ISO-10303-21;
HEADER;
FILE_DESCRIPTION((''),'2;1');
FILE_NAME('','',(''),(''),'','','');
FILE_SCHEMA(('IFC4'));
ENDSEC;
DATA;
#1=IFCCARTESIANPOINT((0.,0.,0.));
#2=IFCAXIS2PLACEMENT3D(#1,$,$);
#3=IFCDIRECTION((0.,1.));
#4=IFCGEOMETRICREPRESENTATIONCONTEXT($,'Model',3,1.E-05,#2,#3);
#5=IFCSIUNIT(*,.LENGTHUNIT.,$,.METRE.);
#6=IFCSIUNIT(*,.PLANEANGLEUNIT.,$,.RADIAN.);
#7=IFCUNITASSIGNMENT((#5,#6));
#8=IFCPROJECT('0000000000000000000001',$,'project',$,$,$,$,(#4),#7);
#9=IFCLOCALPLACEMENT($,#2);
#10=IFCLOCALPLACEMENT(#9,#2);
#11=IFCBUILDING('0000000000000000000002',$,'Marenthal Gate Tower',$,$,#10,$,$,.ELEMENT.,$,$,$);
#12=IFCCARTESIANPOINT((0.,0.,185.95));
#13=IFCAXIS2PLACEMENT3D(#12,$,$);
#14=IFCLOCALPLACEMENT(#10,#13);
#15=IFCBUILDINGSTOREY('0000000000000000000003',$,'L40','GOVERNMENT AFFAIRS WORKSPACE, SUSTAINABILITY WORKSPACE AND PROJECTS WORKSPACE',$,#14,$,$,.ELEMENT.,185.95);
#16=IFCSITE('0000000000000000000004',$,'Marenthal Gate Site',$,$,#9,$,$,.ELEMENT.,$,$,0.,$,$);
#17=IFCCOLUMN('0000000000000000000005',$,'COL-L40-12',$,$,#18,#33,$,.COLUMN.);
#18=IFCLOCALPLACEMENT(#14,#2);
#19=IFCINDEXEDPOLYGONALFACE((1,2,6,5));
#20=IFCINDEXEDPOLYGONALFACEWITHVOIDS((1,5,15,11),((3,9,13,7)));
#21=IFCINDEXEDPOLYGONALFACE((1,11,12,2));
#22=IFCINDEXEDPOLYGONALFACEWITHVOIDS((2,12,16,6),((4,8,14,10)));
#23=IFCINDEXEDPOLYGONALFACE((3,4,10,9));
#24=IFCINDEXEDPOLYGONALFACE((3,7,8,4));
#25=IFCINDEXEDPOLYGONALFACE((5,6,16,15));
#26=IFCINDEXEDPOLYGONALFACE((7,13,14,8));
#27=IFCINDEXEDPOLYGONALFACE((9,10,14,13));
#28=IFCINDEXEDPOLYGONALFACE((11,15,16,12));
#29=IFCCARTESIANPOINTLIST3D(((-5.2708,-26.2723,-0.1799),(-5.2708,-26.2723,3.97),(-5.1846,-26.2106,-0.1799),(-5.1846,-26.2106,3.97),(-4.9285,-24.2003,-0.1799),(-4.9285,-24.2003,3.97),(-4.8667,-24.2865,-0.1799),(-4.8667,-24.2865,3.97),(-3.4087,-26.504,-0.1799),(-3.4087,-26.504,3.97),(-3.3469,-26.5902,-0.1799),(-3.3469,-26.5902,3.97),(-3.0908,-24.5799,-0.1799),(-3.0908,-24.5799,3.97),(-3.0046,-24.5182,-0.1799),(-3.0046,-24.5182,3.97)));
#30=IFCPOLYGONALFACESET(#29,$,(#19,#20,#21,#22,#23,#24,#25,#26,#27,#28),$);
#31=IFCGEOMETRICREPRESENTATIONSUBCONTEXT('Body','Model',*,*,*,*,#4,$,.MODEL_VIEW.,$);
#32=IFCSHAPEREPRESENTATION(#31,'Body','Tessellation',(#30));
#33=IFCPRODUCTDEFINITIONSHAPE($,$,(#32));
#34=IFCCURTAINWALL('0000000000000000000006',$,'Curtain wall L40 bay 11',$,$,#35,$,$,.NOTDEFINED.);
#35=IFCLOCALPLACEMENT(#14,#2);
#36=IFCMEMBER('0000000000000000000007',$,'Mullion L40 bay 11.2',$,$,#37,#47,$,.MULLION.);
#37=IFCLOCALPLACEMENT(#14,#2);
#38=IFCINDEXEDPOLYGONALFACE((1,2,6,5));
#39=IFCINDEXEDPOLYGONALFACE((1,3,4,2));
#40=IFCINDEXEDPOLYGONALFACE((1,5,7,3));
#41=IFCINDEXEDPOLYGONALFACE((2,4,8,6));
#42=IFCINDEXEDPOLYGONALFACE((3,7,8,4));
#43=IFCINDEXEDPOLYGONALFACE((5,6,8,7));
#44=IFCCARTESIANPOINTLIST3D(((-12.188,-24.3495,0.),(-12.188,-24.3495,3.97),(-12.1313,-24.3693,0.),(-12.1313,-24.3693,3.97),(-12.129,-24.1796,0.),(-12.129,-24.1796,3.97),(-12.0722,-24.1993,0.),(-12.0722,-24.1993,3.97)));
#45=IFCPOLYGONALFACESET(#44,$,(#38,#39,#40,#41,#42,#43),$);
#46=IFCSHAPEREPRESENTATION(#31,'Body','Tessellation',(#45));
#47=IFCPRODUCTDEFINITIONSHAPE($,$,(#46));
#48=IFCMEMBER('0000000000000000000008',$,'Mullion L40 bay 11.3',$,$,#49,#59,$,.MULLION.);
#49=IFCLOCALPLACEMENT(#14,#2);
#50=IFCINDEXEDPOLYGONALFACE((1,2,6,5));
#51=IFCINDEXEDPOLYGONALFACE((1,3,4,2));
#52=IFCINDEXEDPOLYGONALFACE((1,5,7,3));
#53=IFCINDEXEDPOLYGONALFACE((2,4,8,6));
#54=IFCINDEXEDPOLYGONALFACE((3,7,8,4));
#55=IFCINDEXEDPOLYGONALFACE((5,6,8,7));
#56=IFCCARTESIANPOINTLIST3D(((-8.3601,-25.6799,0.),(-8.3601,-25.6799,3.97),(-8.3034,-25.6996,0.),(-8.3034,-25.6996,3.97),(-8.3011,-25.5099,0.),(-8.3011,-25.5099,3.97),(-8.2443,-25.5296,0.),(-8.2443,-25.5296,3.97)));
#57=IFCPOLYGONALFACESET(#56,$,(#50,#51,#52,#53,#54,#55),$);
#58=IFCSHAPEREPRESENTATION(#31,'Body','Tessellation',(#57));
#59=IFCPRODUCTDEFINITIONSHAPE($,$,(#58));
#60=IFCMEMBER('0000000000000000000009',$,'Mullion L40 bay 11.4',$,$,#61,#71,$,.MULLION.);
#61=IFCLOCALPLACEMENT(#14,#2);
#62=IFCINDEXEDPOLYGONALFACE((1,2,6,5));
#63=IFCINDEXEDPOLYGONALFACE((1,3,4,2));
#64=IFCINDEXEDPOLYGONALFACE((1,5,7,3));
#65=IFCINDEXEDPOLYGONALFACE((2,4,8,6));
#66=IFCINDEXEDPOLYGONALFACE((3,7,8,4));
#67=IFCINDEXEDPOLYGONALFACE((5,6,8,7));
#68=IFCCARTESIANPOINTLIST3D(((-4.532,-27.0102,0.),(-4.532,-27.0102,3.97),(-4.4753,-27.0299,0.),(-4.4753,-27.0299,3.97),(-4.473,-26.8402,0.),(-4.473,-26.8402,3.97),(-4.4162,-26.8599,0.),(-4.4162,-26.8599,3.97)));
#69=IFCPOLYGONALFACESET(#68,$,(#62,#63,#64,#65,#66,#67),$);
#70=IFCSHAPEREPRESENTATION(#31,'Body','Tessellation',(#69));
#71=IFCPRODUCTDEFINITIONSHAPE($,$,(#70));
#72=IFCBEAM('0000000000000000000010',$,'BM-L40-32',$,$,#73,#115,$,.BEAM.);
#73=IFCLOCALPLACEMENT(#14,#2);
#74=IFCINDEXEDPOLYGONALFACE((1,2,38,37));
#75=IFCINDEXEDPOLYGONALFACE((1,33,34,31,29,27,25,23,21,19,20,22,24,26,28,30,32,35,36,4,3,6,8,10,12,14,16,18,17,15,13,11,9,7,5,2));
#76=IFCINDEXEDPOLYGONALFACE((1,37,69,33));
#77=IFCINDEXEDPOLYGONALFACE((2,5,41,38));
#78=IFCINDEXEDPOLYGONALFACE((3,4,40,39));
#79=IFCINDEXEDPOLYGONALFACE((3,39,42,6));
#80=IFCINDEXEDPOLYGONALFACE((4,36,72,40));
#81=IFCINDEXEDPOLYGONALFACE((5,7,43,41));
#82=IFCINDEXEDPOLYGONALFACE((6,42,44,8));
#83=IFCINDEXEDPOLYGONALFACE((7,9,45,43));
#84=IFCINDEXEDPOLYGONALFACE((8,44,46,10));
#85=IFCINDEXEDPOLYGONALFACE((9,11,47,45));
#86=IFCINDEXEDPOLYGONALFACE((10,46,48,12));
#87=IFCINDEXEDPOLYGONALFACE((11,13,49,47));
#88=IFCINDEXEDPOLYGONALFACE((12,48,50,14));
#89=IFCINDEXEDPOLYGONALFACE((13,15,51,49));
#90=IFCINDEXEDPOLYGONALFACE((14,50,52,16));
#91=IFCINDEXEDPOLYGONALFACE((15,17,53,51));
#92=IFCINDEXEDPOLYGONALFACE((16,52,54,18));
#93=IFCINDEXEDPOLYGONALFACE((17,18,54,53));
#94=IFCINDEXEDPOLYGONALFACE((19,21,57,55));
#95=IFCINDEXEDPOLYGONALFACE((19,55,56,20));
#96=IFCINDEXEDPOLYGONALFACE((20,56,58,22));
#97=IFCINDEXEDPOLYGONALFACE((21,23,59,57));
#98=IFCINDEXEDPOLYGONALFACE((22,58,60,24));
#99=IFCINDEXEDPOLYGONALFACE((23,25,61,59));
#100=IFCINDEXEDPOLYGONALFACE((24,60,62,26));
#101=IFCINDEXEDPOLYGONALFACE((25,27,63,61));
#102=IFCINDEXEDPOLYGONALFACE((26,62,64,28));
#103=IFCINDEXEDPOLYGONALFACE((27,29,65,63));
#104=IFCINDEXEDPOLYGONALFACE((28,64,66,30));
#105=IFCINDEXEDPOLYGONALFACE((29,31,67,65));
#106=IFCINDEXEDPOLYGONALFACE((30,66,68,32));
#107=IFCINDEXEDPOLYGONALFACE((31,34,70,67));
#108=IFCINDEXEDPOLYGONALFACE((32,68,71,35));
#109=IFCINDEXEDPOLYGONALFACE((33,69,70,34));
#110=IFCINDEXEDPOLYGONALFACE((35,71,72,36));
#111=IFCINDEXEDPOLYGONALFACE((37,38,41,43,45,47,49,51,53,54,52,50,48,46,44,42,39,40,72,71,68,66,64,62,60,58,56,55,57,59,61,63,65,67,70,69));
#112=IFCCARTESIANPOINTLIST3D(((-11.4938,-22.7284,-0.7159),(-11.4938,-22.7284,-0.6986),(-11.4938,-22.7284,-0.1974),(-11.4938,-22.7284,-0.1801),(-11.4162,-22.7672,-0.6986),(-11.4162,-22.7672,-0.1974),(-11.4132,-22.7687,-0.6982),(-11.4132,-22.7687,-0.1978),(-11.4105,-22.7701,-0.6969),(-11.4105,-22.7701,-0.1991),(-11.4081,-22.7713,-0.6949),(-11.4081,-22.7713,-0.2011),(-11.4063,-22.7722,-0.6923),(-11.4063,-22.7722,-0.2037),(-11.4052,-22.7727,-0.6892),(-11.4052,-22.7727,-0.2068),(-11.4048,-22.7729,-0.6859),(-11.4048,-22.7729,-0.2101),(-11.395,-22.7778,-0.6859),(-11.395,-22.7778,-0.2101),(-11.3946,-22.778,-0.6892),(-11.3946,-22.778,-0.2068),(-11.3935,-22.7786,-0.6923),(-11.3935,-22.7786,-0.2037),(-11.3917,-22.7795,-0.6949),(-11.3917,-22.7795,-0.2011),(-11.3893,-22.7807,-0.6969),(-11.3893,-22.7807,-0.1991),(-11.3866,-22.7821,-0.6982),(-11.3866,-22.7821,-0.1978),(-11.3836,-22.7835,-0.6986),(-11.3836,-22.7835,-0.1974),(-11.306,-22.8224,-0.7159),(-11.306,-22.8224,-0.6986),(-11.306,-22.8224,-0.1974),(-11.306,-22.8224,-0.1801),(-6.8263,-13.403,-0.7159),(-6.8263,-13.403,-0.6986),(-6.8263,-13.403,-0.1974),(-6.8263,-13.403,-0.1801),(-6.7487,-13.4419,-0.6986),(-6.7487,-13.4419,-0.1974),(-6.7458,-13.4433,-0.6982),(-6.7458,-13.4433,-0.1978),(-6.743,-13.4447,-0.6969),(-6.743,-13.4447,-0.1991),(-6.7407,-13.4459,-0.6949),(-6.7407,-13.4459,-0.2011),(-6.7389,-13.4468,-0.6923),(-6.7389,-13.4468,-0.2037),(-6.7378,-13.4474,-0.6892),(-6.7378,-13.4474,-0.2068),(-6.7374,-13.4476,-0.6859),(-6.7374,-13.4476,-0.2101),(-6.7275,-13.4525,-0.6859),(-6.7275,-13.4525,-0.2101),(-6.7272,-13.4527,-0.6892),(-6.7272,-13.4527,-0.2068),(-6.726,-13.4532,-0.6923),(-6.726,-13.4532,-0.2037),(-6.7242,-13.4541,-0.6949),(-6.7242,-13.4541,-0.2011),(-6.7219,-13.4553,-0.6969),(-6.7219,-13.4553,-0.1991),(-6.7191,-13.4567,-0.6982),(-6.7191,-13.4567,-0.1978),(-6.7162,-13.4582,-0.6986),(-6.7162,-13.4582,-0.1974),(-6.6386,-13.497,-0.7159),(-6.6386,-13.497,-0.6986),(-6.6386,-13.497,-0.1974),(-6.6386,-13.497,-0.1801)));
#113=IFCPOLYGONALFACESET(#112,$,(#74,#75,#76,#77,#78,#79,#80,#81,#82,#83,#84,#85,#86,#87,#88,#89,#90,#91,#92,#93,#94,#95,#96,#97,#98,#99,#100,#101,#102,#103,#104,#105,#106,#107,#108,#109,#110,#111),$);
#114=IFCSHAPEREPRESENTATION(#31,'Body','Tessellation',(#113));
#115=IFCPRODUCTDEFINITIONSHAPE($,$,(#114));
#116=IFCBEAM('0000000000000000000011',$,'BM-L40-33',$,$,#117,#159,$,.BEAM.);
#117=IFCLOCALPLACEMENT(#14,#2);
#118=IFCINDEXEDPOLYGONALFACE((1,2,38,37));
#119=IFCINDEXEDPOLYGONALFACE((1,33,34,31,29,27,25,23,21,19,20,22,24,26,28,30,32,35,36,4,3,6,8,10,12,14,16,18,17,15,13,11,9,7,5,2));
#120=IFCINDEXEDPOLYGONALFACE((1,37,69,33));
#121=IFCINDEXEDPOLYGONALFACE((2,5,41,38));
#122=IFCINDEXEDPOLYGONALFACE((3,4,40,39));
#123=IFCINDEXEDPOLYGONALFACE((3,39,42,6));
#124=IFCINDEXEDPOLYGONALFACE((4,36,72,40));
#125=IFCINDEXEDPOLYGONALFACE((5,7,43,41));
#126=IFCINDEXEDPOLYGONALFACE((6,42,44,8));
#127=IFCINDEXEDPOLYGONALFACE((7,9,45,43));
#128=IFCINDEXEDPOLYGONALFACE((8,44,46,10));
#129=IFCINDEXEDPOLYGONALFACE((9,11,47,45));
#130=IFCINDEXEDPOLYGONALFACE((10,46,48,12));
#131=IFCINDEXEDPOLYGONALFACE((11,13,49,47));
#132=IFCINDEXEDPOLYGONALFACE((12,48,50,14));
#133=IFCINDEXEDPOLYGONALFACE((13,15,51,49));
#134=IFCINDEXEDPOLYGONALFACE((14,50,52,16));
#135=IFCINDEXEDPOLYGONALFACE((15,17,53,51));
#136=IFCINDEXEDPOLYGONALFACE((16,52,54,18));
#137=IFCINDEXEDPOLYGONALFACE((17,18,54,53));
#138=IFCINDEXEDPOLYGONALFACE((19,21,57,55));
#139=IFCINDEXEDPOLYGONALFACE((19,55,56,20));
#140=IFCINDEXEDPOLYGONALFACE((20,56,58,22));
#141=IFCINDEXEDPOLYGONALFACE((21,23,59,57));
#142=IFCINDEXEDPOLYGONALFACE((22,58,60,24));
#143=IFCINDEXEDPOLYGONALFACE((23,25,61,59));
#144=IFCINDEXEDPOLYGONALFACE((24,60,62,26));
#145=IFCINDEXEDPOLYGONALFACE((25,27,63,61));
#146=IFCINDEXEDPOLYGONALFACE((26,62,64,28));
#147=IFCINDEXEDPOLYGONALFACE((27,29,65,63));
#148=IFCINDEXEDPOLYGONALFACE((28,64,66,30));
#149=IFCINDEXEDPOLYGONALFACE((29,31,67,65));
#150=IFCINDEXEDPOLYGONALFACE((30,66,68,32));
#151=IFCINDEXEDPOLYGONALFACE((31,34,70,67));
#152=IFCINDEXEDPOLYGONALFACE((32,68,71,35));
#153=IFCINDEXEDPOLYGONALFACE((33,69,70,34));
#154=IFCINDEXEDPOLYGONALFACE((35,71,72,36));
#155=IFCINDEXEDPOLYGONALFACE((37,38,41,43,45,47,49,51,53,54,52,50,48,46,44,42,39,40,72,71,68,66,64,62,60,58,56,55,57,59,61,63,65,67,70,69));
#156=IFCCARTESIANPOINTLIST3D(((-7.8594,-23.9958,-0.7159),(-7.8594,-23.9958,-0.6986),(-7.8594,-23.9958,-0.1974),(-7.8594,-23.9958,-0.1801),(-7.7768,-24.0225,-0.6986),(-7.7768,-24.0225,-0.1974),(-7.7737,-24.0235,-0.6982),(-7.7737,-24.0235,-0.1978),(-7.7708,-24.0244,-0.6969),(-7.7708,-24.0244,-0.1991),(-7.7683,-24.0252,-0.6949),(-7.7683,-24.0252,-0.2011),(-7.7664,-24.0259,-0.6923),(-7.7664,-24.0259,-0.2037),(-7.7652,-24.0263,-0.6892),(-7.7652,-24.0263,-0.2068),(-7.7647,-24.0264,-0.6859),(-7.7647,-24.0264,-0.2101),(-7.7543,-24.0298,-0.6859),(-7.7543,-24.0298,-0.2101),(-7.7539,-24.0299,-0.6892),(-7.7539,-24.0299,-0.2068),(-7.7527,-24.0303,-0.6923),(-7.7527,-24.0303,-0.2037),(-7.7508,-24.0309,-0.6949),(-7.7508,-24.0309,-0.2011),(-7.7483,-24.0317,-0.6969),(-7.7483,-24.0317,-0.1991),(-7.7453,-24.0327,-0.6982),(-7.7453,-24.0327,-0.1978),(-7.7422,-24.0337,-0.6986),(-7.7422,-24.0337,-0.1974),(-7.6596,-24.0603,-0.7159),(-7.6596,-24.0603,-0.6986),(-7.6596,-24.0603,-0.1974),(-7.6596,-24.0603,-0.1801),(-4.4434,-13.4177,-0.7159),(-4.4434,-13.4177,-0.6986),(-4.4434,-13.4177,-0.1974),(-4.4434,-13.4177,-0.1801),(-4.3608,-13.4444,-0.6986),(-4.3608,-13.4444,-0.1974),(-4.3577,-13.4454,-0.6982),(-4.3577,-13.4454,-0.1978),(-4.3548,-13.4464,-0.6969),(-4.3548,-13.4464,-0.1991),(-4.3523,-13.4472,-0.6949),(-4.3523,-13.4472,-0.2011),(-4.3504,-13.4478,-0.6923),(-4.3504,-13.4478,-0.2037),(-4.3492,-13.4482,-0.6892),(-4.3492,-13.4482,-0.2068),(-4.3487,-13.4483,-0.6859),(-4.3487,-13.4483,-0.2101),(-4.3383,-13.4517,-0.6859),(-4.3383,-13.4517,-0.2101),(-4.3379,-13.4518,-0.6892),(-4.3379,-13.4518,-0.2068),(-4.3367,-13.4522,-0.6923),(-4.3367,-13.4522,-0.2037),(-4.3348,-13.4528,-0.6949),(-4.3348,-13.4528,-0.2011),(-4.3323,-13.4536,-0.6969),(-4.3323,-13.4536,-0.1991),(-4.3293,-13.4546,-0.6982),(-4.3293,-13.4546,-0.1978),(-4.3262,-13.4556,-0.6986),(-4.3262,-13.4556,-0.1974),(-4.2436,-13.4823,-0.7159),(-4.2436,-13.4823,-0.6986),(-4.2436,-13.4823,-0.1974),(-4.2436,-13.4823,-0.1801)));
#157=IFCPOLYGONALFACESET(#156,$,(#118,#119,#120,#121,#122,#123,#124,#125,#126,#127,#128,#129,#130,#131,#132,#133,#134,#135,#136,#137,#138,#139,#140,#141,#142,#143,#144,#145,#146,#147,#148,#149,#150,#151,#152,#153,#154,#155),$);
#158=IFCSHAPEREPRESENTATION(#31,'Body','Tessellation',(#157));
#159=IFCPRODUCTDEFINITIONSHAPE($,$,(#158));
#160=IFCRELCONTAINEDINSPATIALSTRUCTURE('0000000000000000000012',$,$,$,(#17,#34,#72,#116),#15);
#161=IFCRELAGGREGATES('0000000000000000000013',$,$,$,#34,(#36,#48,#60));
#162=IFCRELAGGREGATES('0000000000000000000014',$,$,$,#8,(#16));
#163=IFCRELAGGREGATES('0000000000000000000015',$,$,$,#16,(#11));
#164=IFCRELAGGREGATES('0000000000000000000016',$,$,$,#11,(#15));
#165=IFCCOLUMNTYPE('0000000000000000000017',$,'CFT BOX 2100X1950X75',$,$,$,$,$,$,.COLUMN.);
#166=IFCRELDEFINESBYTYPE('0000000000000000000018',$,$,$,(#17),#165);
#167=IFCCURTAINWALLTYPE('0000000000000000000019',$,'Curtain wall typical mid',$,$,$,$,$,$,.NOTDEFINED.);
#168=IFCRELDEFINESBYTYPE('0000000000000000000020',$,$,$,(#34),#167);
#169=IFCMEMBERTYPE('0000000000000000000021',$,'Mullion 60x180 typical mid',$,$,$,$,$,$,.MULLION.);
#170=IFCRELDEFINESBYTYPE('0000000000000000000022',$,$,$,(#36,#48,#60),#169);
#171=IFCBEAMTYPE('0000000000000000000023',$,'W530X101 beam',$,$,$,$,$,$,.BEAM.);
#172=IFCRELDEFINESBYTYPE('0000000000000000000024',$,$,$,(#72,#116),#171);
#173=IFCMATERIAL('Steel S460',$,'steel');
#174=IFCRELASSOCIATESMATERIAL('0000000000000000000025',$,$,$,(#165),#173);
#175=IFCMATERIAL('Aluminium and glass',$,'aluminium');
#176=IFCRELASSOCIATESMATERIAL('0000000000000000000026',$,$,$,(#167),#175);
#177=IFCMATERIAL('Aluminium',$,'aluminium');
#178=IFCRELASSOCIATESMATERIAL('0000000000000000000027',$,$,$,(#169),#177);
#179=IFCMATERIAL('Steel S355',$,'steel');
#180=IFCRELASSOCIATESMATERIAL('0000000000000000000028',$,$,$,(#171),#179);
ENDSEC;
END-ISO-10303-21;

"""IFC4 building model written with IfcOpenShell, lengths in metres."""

from ifc_helpers import new_model, si_unit, direction, frame, origin, origin_2d, place, context, subcontext, project, spatial, rectangle, hollow_rectangle, i_section, extrude, material, material_profile, profile_set, type_object, element, aggregate, save


model = new_model("IFC4")

# Units and contexts
model_context = context("Model", 3, precision=1e-05, world=origin(), true_north=direction((0.0, 1.0)))
body_context = subcontext(model_context, "Body", "Model", "MODEL_VIEW")
ifc_project = project(units=[si_unit("LENGTHUNIT", "METRE"), si_unit("PLANEANGLEUNIT", "RADIAN")], contexts=[model_context])

# Site, building, storey
site_placement = place(None, origin())
site = spatial("IfcSite", under=ifc_project, at=site_placement, Name="Marenthal Gate Site", CompositionType="ELEMENT", RefElevation=0.0)
building_placement = place(site_placement, origin())
building = spatial("IfcBuilding", under=site, at=building_placement, Name="Marenthal Gate Tower", CompositionType="ELEMENT")
storey_placement = place(building_placement, frame((0.0, 0.0, 185.95)))
storey = spatial("IfcBuildingStorey", under=building, at=storey_placement, Name="L40", Description="GOVERNMENT AFFAIRS WORKSPACE, SUSTAINABILITY WORKSPACE AND PROJECTS WORKSPACE", CompositionType="ELEMENT", Elevation=185.95)

# Column
ifc_material_1 = material(Name="Steel S460", Category="steel")
ifc_material_profile_1 = material_profile(ifc_material_1, hollow_rectangle(XDim=1.95, YDim=2.1001, WallThickness=0.075, at=origin_2d()), Name="CFT BOX 2100X1950X75")
ifc_material_2 = material(Name="Concrete 70 MPa", Category="concrete")
ifc_material_profile_2 = material_profile(ifc_material_2, rectangle(XDim=1.8, YDim=1.95, at=origin_2d()), Name="CFT BOX 2100X1950X75 INFILL")
ifc_profile_set_1 = profile_set([ifc_material_profile_1, ifc_material_profile_2], Name="Steel S460 shell, Concrete 70 MPa infill")
column_type = type_object("IfcColumnType", Name="CFT BOX 2100X1950X75", PredefinedType="COLUMN", material=ifc_profile_set_1)
column_placement = place(storey_placement, frame((-4.1377, -25.3953, -0.1799), z_axis=(0.0, 0.0, 1.0), x_axis=(-0.986623, 0.163018, 0.0)))
element("IfcColumn", 1, at=column_placement, inside=storey, type_object=column_type, Name="COL-L40-12", PredefinedType="COLUMN", context=body_context, shape_type="SweptSolid", body=[
    extrude(hollow_rectangle(XDim=1.95, YDim=2.1001, WallThickness=0.075, at=origin_2d()), origin(), (0.0, 0.0, 1.0), 4.1499),
])

# Curtain wall, members
ifc_material_3 = material(Name="Aluminium and glass", Category="aluminium")
curtain_wall_type = type_object("IfcCurtainWallType", Name="Curtain wall typical mid", PredefinedType="NOTDEFINED", material=ifc_material_3)
curtain_wall_placement = place(storey_placement, origin())
curtain_wall = element("IfcCurtainWall", 2, at=curtain_wall_placement, inside=storey, type_object=curtain_wall_type, Name="Curtain wall L40 bay 11", PredefinedType="NOTDEFINED")
ifc_material_4 = material(Name="Aluminium", Category="aluminium")
ifc_material_profile_3 = material_profile(ifc_material_4, rectangle(XDim=0.1799, YDim=0.0601, at=origin_2d()), Name="60x180 aluminium mullion")
ifc_profile_set_2 = profile_set([ifc_material_profile_3], Name="Aluminium")
member_type = type_object("IfcMemberType", Name="Mullion 60x180 typical mid", PredefinedType="MULLION", material=ifc_profile_set_2)
member_1_placement = place(storey_placement, frame((-12.1301, -24.2744, 0.0), z_axis=(0.0, 0.0, 1.0), x_axis=(0.328273, 0.944583, 0.0)))
member_1 = element("IfcMember", 3, at=member_1_placement, type_object=member_type, Name="Mullion L40 bay 11.2", PredefinedType="MULLION", context=body_context, shape_type="SweptSolid", body=[
    extrude(rectangle(XDim=0.1799, YDim=0.0601, at=origin_2d()), origin(), (0.0, 0.0, 1.0), 3.97),
])
member_2_placement = place(storey_placement, frame((-8.3022, -25.6047, 0.0), z_axis=(0.0, 0.0, 1.0), x_axis=(0.328273, 0.944583, 0.0)))
member_2 = element("IfcMember", 4, at=member_2_placement, type_object=member_type, Name="Mullion L40 bay 11.3", PredefinedType="MULLION", context=body_context, shape_type="SweptSolid", body=[
    extrude(rectangle(XDim=0.1799, YDim=0.0601, at=origin_2d()), origin(), (0.0, 0.0, 1.0), 3.97),
])
member_3_placement = place(storey_placement, frame((-4.4741, -26.9351, 0.0), z_axis=(0.0, 0.0, 1.0), x_axis=(0.328273, 0.944583, 0.0)))
member_3 = element("IfcMember", 5, at=member_3_placement, type_object=member_type, Name="Mullion L40 bay 11.4", PredefinedType="MULLION", context=body_context, shape_type="SweptSolid", body=[
    extrude(rectangle(XDim=0.1799, YDim=0.0601, at=origin_2d()), origin(), (0.0, 0.0, 1.0), 3.97),
])

# Beams
ifc_material_5 = material(Name="Steel S355", Category="steel")
ifc_material_profile_4 = material_profile(ifc_material_5, i_section(OverallWidth=0.21, OverallDepth=0.5359, WebThickness=0.011, FlangeThickness=0.0173, FilletRadius=0.0127, at=origin_2d()), Name="W530X101")
ifc_profile_set_3 = profile_set([ifc_material_profile_4], Name="Steel S355")
beam_type_1 = type_object("IfcBeamType", Name="W530X101 beam", PredefinedType="BEAM", material=ifc_profile_set_3)
beam_1_placement = place(storey_placement, frame((-11.3999, -22.7754, -0.448), z_axis=(0.447579, 0.894245, 0.0), x_axis=(-0.894245, 0.447579, 0.0)))
element("IfcBeam", 6, at=beam_1_placement, inside=storey, type_object=beam_type_1, Name="BM-L40-32", PredefinedType="BEAM", context=body_context, shape_type="SweptSolid", body=[
    extrude(i_section(OverallWidth=0.21, OverallDepth=0.5359, WebThickness=0.011, FlangeThickness=0.0173, FilletRadius=0.0127, at=origin_2d()), origin(), (0.0, 0.0, 1.0), 10.4282),
])
beam_2_placement = place(storey_placement, frame((-7.7595, -24.0281, -0.448), z_axis=(0.307306, 0.951611, 0.0), x_axis=(-0.951611, 0.307306, 0.0)))
element("IfcBeam", 7, at=beam_2_placement, inside=storey, type_object=beam_type_1, Name="BM-L40-33", PredefinedType="BEAM", context=body_context, shape_type="SweptSolid", body=[
    extrude(i_section(OverallWidth=0.21, OverallDepth=0.5359, WebThickness=0.011, FlangeThickness=0.0173, FilletRadius=0.0127, at=origin_2d()), origin(), (0.0, 0.0, 1.0), 11.116),
])

aggregate(curtain_wall, [member_1, member_2, member_3])

save(model, "model.ifc")
